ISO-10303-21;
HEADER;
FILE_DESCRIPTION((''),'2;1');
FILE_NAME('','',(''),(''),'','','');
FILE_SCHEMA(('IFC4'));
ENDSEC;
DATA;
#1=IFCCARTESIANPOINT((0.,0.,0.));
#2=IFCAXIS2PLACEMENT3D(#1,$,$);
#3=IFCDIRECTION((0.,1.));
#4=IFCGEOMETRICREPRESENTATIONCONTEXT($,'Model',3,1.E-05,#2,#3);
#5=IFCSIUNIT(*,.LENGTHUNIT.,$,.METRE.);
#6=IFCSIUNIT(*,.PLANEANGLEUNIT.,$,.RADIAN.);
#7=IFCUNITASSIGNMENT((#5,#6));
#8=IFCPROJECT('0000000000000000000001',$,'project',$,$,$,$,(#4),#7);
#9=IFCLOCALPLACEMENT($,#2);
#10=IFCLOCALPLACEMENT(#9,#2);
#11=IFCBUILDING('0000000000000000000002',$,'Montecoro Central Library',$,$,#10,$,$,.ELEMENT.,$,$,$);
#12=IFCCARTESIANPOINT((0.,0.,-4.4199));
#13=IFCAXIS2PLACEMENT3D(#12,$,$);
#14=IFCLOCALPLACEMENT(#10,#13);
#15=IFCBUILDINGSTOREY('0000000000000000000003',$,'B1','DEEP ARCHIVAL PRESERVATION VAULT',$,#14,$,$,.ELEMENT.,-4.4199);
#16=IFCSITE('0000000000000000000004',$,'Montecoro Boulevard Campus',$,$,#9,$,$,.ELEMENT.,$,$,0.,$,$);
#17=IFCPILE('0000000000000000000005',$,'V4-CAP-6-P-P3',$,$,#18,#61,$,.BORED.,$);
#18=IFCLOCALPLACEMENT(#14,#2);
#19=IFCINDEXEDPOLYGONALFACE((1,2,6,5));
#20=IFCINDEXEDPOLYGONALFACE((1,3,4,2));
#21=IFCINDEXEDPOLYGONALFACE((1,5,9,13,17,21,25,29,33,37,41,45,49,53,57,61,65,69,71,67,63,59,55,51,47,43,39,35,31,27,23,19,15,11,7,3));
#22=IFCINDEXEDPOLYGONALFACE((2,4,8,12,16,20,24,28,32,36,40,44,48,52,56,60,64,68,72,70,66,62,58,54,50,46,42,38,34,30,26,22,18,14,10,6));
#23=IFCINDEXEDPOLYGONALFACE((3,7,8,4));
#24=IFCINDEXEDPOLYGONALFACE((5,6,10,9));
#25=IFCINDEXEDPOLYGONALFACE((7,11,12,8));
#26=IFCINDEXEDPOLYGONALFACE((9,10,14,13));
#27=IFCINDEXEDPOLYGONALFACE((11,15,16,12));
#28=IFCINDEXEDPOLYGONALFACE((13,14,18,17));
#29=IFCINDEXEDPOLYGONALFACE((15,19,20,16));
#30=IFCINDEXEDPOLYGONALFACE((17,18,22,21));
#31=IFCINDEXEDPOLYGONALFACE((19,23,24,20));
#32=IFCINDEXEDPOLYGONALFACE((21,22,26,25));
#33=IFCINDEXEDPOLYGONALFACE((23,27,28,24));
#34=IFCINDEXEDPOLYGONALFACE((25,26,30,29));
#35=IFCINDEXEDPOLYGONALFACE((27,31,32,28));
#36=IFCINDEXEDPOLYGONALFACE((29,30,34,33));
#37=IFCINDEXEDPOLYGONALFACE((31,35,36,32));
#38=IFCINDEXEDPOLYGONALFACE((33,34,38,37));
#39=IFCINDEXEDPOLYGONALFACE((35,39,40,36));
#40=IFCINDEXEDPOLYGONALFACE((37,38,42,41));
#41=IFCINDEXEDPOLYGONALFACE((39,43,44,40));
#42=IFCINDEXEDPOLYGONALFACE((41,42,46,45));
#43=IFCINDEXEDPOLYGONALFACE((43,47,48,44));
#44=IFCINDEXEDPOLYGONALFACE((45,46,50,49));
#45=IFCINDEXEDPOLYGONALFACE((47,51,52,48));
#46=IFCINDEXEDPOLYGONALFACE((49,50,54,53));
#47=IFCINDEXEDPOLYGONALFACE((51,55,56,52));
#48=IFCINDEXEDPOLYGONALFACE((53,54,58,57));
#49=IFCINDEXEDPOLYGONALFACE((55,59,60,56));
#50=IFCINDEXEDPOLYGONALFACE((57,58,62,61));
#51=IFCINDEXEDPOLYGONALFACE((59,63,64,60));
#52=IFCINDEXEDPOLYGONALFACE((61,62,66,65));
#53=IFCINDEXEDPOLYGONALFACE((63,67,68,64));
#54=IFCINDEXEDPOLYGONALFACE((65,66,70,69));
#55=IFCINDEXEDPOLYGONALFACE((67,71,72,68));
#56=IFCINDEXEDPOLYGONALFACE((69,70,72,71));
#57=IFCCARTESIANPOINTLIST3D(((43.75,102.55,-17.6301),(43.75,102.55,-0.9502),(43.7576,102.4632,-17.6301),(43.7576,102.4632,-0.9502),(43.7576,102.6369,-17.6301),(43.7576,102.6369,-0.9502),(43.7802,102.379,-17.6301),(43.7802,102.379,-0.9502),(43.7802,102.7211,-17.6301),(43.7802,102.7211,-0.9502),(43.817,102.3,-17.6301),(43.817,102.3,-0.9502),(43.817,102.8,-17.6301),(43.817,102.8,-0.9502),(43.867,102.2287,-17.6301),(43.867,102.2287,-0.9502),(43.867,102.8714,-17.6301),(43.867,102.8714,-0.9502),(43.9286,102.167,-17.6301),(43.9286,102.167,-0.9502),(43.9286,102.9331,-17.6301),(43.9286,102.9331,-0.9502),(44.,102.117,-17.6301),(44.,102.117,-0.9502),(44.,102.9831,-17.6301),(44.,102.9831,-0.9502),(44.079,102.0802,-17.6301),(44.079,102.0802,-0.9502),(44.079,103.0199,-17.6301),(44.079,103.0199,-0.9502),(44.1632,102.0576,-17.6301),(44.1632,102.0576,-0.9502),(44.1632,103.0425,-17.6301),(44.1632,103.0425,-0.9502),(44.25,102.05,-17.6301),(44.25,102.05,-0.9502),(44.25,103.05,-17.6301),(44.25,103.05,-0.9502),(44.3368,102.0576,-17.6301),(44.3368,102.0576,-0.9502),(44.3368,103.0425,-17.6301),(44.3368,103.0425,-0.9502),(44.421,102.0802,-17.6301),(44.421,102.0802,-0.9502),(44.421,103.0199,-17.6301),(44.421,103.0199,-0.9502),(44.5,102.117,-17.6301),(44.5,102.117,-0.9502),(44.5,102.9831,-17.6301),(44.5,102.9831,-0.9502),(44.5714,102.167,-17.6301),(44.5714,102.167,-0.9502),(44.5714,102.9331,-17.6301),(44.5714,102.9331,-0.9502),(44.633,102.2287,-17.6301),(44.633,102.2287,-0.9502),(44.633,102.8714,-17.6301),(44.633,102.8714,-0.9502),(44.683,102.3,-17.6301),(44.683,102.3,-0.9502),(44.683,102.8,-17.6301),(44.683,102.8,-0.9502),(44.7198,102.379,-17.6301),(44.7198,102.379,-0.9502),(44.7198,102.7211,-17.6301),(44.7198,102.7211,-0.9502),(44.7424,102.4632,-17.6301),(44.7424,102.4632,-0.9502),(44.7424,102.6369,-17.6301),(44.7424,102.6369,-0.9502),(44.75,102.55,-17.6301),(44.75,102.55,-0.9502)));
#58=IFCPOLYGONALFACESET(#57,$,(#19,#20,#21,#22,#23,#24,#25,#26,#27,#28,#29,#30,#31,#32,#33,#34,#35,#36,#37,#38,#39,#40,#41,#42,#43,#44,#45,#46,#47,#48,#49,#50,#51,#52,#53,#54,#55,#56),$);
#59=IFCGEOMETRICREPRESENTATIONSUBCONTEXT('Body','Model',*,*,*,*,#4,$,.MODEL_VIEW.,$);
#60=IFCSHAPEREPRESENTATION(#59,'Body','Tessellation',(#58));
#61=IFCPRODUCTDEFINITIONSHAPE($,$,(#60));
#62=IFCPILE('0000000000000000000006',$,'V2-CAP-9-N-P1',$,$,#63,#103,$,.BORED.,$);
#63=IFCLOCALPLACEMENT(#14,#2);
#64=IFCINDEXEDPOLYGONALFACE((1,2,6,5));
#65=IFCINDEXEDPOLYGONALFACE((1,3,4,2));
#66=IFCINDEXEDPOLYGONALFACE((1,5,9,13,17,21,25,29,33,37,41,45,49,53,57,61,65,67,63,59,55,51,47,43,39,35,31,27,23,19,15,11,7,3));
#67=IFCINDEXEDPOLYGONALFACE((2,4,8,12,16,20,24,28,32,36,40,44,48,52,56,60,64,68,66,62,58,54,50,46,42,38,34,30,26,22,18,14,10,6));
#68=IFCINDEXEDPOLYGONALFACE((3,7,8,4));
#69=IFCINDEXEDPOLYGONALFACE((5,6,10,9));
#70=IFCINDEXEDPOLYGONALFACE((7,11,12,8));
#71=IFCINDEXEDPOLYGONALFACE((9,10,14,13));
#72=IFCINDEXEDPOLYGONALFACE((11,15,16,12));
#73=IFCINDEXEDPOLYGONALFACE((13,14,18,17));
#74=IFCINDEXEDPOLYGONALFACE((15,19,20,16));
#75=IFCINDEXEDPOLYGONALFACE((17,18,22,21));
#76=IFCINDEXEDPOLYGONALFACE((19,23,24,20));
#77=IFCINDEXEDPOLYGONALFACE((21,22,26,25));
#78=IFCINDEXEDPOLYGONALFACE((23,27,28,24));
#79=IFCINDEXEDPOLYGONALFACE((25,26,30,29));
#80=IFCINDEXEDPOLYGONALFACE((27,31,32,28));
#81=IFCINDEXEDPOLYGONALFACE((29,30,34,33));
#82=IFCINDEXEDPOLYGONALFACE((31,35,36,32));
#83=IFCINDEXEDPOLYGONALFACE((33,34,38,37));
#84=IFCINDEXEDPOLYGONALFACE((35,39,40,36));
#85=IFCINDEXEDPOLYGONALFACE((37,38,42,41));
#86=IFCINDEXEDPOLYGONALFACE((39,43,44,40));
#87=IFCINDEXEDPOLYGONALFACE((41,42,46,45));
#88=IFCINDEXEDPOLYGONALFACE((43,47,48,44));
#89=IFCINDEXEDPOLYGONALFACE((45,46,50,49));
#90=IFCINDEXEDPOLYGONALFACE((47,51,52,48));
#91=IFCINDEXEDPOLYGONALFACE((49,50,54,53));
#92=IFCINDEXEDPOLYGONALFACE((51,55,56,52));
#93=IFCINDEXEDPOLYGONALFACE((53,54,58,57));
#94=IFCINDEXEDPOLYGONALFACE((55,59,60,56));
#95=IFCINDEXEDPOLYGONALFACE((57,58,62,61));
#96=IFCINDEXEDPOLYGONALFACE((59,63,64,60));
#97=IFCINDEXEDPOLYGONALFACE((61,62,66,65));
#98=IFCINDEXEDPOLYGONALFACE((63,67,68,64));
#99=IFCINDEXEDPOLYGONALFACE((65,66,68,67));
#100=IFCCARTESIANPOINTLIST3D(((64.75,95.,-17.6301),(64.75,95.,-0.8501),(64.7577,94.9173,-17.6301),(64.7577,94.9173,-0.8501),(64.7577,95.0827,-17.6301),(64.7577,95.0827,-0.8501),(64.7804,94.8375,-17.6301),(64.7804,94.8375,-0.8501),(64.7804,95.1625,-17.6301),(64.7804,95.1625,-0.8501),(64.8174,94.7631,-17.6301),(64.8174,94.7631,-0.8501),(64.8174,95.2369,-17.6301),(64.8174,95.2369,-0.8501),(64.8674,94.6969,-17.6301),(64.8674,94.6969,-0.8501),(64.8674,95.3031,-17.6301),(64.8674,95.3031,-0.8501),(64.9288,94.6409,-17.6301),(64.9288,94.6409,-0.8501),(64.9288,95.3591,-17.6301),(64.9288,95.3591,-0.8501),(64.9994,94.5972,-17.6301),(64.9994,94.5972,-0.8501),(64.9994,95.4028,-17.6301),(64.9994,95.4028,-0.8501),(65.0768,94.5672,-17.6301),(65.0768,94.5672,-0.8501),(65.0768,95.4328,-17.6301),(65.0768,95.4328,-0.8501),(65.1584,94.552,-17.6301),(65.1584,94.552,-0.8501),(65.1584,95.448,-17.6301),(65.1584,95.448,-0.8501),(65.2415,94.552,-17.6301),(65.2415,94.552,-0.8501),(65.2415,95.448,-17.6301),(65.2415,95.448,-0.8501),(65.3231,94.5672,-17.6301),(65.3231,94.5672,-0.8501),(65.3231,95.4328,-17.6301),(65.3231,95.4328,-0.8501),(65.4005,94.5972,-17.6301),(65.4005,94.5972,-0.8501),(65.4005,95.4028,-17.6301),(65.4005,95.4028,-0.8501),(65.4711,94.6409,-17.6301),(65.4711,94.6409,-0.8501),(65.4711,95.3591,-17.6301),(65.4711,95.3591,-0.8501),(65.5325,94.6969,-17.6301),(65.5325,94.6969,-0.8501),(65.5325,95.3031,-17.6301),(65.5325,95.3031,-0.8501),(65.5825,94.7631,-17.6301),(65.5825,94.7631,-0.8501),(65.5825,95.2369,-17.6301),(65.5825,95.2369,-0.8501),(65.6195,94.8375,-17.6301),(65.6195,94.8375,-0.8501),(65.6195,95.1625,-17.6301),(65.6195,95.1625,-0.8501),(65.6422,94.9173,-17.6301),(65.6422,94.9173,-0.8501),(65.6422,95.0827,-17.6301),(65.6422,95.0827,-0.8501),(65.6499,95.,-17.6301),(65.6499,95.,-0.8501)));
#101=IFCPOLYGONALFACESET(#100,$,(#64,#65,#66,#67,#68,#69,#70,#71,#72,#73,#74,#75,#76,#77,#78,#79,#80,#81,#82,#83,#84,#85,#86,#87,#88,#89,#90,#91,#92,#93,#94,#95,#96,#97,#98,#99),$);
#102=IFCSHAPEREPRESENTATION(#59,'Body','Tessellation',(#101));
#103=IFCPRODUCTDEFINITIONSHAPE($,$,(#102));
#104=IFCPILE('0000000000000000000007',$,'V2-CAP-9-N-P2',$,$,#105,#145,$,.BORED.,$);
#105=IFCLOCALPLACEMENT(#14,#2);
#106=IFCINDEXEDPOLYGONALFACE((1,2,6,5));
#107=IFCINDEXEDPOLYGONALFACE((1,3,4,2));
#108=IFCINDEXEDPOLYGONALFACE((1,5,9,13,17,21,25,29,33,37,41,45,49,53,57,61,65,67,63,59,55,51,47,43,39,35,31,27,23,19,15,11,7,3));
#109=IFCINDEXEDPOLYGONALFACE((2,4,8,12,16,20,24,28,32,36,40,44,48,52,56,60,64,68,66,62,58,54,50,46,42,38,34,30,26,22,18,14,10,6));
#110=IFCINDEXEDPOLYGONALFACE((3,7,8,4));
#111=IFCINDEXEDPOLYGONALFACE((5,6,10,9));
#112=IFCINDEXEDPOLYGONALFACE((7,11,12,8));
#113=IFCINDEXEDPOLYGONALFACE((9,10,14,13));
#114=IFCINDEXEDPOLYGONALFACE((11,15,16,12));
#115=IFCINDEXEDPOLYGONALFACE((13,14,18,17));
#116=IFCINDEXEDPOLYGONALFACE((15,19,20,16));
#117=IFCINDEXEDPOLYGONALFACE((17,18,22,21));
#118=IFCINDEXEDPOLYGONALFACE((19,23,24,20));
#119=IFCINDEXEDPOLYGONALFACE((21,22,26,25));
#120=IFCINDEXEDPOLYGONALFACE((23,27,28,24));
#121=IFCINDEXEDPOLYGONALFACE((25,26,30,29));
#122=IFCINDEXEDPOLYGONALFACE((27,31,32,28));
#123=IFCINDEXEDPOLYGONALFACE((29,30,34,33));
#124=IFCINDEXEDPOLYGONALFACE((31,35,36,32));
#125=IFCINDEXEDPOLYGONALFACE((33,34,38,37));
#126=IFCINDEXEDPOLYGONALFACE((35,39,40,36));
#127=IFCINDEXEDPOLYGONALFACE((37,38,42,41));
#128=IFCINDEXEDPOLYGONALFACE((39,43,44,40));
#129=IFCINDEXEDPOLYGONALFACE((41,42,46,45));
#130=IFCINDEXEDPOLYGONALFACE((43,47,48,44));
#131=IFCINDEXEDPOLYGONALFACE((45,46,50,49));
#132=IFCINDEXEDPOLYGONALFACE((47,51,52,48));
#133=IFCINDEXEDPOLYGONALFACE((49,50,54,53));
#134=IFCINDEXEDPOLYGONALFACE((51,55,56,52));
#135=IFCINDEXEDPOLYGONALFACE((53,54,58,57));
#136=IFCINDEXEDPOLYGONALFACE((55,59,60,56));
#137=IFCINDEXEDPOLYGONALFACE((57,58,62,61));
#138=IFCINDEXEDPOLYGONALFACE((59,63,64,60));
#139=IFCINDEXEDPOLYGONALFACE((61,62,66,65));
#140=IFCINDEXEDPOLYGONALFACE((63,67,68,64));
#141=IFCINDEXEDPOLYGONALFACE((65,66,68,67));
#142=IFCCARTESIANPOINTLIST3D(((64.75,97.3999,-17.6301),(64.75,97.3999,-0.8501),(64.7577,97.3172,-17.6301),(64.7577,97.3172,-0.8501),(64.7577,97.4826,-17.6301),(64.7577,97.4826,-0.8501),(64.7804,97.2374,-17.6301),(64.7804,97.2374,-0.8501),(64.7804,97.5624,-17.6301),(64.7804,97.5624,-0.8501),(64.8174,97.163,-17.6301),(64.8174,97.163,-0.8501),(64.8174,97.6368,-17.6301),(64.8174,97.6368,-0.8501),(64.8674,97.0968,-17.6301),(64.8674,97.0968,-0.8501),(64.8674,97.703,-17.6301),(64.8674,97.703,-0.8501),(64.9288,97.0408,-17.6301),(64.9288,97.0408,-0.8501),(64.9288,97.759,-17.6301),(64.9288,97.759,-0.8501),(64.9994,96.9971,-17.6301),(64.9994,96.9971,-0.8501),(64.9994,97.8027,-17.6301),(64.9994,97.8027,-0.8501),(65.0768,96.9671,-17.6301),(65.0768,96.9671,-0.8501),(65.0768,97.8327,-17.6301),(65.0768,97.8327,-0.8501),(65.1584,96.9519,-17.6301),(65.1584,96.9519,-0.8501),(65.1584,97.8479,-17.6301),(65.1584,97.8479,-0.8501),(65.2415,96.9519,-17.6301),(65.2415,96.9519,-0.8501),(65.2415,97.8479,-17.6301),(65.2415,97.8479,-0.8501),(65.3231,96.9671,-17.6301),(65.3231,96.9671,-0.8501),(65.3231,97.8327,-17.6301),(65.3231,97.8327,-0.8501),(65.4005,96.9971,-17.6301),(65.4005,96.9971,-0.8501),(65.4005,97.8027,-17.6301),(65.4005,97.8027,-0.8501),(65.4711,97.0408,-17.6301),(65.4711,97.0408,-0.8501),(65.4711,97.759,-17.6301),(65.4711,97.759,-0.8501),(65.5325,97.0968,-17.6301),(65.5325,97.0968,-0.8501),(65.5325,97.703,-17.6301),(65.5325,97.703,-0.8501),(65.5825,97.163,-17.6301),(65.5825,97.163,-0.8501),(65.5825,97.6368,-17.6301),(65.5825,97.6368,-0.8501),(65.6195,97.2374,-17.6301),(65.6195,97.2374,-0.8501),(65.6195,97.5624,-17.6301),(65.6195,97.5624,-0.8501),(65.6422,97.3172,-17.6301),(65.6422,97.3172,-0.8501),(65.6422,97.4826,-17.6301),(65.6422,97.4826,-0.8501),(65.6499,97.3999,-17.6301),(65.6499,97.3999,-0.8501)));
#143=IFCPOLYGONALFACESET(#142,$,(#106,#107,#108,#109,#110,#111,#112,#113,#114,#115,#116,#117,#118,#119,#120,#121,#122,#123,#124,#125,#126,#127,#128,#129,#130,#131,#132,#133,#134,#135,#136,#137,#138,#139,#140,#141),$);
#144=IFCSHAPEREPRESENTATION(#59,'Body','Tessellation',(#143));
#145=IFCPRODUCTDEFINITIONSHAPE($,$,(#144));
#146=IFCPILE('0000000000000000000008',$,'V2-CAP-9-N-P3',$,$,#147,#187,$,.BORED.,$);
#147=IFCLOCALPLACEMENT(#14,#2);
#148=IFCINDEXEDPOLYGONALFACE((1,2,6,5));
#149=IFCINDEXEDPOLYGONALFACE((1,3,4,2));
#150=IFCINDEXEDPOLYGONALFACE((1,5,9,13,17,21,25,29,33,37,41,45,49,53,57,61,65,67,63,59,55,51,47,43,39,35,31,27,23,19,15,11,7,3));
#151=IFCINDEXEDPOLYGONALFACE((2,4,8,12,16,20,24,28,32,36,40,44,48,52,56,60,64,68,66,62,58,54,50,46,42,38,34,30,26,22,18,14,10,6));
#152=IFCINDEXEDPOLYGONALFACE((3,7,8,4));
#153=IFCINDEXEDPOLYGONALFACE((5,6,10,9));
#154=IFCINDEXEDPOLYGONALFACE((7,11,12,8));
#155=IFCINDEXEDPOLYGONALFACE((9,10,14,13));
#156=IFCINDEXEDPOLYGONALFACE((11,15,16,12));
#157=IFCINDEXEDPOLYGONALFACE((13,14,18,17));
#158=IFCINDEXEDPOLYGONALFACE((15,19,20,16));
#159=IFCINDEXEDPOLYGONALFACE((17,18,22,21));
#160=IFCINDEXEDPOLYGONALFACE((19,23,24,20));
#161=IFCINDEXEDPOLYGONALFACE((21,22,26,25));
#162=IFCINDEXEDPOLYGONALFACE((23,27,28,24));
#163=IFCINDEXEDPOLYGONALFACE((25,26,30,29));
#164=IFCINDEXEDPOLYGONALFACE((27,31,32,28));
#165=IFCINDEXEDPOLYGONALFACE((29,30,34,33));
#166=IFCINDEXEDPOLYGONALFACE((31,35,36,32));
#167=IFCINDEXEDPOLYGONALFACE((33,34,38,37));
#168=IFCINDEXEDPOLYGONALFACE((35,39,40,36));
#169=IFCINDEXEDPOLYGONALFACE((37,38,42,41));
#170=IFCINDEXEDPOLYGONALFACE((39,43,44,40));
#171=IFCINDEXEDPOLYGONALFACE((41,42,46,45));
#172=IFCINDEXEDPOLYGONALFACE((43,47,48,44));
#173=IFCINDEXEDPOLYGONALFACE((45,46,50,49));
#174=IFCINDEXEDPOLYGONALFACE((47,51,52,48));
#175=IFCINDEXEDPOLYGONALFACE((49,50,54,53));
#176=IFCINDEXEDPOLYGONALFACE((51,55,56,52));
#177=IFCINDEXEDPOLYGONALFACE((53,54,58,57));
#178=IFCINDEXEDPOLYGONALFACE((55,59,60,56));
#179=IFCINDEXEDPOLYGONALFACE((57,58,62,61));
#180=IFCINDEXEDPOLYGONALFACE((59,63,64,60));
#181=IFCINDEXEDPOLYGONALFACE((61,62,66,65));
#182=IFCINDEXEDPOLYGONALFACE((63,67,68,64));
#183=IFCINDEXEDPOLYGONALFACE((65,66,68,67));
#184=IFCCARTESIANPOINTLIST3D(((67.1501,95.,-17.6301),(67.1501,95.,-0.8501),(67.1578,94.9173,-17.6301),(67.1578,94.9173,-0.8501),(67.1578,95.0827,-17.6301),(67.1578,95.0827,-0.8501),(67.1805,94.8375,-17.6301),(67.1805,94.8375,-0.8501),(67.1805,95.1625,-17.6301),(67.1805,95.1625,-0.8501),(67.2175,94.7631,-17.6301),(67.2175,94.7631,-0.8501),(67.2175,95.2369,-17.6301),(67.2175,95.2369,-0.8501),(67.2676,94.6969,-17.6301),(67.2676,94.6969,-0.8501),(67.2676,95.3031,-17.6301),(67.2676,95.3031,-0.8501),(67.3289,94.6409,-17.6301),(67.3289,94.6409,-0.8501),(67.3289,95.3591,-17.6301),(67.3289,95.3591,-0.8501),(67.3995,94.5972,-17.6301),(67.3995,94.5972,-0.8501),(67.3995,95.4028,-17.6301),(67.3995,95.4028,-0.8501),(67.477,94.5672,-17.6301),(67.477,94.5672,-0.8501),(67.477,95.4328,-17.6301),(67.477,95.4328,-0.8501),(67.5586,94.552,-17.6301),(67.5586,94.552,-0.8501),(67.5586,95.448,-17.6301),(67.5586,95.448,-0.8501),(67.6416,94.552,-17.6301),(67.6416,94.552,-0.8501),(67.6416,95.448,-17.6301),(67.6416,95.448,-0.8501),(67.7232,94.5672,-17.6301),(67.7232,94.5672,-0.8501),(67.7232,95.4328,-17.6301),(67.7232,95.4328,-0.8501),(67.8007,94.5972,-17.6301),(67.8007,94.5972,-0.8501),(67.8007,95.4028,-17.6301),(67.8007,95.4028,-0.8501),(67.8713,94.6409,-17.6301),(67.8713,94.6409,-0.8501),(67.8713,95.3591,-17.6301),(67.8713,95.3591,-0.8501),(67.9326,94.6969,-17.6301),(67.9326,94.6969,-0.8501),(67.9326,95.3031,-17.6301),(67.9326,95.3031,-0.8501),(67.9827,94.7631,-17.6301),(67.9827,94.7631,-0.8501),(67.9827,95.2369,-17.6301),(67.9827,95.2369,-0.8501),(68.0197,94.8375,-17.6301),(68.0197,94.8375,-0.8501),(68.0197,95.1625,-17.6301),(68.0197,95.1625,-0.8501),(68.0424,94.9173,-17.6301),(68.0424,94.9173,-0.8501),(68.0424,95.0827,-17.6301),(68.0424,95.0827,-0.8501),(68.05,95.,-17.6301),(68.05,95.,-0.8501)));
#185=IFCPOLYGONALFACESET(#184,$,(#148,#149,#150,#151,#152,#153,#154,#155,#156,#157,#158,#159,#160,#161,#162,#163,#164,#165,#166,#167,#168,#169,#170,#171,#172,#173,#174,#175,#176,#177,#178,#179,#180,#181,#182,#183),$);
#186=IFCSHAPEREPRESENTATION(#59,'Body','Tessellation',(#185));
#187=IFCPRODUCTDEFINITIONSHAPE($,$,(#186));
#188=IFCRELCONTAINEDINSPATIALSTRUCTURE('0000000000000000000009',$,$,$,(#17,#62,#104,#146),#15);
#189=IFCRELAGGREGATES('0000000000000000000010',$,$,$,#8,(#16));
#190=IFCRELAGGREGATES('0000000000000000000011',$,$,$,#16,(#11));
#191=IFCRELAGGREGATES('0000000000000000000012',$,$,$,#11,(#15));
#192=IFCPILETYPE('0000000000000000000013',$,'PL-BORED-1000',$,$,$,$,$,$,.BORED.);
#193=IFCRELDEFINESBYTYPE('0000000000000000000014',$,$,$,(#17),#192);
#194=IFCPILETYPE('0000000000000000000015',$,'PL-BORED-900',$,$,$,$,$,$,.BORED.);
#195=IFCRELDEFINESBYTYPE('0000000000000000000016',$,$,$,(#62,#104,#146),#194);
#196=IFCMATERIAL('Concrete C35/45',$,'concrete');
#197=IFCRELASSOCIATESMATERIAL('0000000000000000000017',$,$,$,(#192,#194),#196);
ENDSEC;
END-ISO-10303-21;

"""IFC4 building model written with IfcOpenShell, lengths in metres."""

from ifc_helpers import new_model, si_unit, direction, frame, origin, origin_2d, place, context, subcontext, project, spatial, circle, extrude, material, material_profile, profile_set, type_object, element, save


model = new_model("IFC4")

# Units and contexts
model_context = context("Model", 3, precision=1e-05, world=origin(), true_north=direction((0.0, 1.0)))
body_context = subcontext(model_context, "Body", "Model", "MODEL_VIEW")
ifc_project = project(units=[si_unit("LENGTHUNIT", "METRE"), si_unit("PLANEANGLEUNIT", "RADIAN")], contexts=[model_context])

# Site, building, storey
site_placement = place(None, origin())
site = spatial("IfcSite", under=ifc_project, at=site_placement, Name="Montecoro Boulevard Campus", CompositionType="ELEMENT", RefElevation=0.0)
building_placement = place(site_placement, origin())
building = spatial("IfcBuilding", under=site, at=building_placement, Name="Montecoro Central Library", CompositionType="ELEMENT")
storey_placement = place(building_placement, frame((0.0, 0.0, -4.4199)))
storey = spatial("IfcBuildingStorey", under=building, at=storey_placement, Name="B1", Description="DEEP ARCHIVAL PRESERVATION VAULT", CompositionType="ELEMENT", Elevation=-4.4199)

# Shared definitions
ifc_material_1 = material(Name="Concrete C35/45", Category="concrete")

# Piles
ifc_material_profile_1 = material_profile(ifc_material_1, circle(Radius=0.5, at=origin_2d()), Name="PILE D1000")
ifc_profile_set_1 = profile_set([ifc_material_profile_1], Name="Concrete C35/45")
pile_type_1 = type_object("IfcPileType", Name="PL-BORED-1000", PredefinedType="BORED", material=ifc_profile_set_1)
for number, where, z_axis, x_axis, name in (
    (1, (44.25, 102.55, -0.9502), (0.0, 0.0, -1.0), (1.0, 0.0, 0.0), "V4-CAP-6-P-P3"),
):
    element("IfcPile", number, at=place(storey_placement, frame(where, z_axis=z_axis, x_axis=x_axis)), inside=storey, type_object=pile_type_1, Name=name, PredefinedType="BORED", context=body_context, shape_type="SweptSolid", body=[
        extrude(circle(Radius=0.5, at=origin_2d()), origin(), (0.0, 0.0, 1.0), 16.6799),
    ])
ifc_material_profile_2 = material_profile(ifc_material_1, circle(Radius=0.45, at=origin_2d()), Name="PILE D900")
ifc_profile_set_2 = profile_set([ifc_material_profile_2], Name="Concrete C35/45")
pile_type_2 = type_object("IfcPileType", Name="PL-BORED-900", PredefinedType="BORED", material=ifc_profile_set_2)
for number, where, z_axis, x_axis, name in (
    (2, (65.2, 95.0, -0.8501), (0.0, 0.0, -1.0), (1.0, 0.0, 0.0), "V2-CAP-9-N-P1"),
    (3, (65.2, 97.3999, -0.8501), (0.0, 0.0, -1.0), (1.0, 0.0, 0.0), "V2-CAP-9-N-P2"),
    (4, (67.6001, 95.0, -0.8501), (0.0, 0.0, -1.0), (1.0, 0.0, 0.0), "V2-CAP-9-N-P3"),
):
    element("IfcPile", number, at=place(storey_placement, frame(where, z_axis=z_axis, x_axis=x_axis)), inside=storey, type_object=pile_type_2, Name=name, PredefinedType="BORED", context=body_context, shape_type="SweptSolid", body=[
        extrude(circle(Radius=0.45, at=origin_2d()), origin(), (0.0, 0.0, 1.0), 16.78),
    ])

save(model, "model.ifc")
